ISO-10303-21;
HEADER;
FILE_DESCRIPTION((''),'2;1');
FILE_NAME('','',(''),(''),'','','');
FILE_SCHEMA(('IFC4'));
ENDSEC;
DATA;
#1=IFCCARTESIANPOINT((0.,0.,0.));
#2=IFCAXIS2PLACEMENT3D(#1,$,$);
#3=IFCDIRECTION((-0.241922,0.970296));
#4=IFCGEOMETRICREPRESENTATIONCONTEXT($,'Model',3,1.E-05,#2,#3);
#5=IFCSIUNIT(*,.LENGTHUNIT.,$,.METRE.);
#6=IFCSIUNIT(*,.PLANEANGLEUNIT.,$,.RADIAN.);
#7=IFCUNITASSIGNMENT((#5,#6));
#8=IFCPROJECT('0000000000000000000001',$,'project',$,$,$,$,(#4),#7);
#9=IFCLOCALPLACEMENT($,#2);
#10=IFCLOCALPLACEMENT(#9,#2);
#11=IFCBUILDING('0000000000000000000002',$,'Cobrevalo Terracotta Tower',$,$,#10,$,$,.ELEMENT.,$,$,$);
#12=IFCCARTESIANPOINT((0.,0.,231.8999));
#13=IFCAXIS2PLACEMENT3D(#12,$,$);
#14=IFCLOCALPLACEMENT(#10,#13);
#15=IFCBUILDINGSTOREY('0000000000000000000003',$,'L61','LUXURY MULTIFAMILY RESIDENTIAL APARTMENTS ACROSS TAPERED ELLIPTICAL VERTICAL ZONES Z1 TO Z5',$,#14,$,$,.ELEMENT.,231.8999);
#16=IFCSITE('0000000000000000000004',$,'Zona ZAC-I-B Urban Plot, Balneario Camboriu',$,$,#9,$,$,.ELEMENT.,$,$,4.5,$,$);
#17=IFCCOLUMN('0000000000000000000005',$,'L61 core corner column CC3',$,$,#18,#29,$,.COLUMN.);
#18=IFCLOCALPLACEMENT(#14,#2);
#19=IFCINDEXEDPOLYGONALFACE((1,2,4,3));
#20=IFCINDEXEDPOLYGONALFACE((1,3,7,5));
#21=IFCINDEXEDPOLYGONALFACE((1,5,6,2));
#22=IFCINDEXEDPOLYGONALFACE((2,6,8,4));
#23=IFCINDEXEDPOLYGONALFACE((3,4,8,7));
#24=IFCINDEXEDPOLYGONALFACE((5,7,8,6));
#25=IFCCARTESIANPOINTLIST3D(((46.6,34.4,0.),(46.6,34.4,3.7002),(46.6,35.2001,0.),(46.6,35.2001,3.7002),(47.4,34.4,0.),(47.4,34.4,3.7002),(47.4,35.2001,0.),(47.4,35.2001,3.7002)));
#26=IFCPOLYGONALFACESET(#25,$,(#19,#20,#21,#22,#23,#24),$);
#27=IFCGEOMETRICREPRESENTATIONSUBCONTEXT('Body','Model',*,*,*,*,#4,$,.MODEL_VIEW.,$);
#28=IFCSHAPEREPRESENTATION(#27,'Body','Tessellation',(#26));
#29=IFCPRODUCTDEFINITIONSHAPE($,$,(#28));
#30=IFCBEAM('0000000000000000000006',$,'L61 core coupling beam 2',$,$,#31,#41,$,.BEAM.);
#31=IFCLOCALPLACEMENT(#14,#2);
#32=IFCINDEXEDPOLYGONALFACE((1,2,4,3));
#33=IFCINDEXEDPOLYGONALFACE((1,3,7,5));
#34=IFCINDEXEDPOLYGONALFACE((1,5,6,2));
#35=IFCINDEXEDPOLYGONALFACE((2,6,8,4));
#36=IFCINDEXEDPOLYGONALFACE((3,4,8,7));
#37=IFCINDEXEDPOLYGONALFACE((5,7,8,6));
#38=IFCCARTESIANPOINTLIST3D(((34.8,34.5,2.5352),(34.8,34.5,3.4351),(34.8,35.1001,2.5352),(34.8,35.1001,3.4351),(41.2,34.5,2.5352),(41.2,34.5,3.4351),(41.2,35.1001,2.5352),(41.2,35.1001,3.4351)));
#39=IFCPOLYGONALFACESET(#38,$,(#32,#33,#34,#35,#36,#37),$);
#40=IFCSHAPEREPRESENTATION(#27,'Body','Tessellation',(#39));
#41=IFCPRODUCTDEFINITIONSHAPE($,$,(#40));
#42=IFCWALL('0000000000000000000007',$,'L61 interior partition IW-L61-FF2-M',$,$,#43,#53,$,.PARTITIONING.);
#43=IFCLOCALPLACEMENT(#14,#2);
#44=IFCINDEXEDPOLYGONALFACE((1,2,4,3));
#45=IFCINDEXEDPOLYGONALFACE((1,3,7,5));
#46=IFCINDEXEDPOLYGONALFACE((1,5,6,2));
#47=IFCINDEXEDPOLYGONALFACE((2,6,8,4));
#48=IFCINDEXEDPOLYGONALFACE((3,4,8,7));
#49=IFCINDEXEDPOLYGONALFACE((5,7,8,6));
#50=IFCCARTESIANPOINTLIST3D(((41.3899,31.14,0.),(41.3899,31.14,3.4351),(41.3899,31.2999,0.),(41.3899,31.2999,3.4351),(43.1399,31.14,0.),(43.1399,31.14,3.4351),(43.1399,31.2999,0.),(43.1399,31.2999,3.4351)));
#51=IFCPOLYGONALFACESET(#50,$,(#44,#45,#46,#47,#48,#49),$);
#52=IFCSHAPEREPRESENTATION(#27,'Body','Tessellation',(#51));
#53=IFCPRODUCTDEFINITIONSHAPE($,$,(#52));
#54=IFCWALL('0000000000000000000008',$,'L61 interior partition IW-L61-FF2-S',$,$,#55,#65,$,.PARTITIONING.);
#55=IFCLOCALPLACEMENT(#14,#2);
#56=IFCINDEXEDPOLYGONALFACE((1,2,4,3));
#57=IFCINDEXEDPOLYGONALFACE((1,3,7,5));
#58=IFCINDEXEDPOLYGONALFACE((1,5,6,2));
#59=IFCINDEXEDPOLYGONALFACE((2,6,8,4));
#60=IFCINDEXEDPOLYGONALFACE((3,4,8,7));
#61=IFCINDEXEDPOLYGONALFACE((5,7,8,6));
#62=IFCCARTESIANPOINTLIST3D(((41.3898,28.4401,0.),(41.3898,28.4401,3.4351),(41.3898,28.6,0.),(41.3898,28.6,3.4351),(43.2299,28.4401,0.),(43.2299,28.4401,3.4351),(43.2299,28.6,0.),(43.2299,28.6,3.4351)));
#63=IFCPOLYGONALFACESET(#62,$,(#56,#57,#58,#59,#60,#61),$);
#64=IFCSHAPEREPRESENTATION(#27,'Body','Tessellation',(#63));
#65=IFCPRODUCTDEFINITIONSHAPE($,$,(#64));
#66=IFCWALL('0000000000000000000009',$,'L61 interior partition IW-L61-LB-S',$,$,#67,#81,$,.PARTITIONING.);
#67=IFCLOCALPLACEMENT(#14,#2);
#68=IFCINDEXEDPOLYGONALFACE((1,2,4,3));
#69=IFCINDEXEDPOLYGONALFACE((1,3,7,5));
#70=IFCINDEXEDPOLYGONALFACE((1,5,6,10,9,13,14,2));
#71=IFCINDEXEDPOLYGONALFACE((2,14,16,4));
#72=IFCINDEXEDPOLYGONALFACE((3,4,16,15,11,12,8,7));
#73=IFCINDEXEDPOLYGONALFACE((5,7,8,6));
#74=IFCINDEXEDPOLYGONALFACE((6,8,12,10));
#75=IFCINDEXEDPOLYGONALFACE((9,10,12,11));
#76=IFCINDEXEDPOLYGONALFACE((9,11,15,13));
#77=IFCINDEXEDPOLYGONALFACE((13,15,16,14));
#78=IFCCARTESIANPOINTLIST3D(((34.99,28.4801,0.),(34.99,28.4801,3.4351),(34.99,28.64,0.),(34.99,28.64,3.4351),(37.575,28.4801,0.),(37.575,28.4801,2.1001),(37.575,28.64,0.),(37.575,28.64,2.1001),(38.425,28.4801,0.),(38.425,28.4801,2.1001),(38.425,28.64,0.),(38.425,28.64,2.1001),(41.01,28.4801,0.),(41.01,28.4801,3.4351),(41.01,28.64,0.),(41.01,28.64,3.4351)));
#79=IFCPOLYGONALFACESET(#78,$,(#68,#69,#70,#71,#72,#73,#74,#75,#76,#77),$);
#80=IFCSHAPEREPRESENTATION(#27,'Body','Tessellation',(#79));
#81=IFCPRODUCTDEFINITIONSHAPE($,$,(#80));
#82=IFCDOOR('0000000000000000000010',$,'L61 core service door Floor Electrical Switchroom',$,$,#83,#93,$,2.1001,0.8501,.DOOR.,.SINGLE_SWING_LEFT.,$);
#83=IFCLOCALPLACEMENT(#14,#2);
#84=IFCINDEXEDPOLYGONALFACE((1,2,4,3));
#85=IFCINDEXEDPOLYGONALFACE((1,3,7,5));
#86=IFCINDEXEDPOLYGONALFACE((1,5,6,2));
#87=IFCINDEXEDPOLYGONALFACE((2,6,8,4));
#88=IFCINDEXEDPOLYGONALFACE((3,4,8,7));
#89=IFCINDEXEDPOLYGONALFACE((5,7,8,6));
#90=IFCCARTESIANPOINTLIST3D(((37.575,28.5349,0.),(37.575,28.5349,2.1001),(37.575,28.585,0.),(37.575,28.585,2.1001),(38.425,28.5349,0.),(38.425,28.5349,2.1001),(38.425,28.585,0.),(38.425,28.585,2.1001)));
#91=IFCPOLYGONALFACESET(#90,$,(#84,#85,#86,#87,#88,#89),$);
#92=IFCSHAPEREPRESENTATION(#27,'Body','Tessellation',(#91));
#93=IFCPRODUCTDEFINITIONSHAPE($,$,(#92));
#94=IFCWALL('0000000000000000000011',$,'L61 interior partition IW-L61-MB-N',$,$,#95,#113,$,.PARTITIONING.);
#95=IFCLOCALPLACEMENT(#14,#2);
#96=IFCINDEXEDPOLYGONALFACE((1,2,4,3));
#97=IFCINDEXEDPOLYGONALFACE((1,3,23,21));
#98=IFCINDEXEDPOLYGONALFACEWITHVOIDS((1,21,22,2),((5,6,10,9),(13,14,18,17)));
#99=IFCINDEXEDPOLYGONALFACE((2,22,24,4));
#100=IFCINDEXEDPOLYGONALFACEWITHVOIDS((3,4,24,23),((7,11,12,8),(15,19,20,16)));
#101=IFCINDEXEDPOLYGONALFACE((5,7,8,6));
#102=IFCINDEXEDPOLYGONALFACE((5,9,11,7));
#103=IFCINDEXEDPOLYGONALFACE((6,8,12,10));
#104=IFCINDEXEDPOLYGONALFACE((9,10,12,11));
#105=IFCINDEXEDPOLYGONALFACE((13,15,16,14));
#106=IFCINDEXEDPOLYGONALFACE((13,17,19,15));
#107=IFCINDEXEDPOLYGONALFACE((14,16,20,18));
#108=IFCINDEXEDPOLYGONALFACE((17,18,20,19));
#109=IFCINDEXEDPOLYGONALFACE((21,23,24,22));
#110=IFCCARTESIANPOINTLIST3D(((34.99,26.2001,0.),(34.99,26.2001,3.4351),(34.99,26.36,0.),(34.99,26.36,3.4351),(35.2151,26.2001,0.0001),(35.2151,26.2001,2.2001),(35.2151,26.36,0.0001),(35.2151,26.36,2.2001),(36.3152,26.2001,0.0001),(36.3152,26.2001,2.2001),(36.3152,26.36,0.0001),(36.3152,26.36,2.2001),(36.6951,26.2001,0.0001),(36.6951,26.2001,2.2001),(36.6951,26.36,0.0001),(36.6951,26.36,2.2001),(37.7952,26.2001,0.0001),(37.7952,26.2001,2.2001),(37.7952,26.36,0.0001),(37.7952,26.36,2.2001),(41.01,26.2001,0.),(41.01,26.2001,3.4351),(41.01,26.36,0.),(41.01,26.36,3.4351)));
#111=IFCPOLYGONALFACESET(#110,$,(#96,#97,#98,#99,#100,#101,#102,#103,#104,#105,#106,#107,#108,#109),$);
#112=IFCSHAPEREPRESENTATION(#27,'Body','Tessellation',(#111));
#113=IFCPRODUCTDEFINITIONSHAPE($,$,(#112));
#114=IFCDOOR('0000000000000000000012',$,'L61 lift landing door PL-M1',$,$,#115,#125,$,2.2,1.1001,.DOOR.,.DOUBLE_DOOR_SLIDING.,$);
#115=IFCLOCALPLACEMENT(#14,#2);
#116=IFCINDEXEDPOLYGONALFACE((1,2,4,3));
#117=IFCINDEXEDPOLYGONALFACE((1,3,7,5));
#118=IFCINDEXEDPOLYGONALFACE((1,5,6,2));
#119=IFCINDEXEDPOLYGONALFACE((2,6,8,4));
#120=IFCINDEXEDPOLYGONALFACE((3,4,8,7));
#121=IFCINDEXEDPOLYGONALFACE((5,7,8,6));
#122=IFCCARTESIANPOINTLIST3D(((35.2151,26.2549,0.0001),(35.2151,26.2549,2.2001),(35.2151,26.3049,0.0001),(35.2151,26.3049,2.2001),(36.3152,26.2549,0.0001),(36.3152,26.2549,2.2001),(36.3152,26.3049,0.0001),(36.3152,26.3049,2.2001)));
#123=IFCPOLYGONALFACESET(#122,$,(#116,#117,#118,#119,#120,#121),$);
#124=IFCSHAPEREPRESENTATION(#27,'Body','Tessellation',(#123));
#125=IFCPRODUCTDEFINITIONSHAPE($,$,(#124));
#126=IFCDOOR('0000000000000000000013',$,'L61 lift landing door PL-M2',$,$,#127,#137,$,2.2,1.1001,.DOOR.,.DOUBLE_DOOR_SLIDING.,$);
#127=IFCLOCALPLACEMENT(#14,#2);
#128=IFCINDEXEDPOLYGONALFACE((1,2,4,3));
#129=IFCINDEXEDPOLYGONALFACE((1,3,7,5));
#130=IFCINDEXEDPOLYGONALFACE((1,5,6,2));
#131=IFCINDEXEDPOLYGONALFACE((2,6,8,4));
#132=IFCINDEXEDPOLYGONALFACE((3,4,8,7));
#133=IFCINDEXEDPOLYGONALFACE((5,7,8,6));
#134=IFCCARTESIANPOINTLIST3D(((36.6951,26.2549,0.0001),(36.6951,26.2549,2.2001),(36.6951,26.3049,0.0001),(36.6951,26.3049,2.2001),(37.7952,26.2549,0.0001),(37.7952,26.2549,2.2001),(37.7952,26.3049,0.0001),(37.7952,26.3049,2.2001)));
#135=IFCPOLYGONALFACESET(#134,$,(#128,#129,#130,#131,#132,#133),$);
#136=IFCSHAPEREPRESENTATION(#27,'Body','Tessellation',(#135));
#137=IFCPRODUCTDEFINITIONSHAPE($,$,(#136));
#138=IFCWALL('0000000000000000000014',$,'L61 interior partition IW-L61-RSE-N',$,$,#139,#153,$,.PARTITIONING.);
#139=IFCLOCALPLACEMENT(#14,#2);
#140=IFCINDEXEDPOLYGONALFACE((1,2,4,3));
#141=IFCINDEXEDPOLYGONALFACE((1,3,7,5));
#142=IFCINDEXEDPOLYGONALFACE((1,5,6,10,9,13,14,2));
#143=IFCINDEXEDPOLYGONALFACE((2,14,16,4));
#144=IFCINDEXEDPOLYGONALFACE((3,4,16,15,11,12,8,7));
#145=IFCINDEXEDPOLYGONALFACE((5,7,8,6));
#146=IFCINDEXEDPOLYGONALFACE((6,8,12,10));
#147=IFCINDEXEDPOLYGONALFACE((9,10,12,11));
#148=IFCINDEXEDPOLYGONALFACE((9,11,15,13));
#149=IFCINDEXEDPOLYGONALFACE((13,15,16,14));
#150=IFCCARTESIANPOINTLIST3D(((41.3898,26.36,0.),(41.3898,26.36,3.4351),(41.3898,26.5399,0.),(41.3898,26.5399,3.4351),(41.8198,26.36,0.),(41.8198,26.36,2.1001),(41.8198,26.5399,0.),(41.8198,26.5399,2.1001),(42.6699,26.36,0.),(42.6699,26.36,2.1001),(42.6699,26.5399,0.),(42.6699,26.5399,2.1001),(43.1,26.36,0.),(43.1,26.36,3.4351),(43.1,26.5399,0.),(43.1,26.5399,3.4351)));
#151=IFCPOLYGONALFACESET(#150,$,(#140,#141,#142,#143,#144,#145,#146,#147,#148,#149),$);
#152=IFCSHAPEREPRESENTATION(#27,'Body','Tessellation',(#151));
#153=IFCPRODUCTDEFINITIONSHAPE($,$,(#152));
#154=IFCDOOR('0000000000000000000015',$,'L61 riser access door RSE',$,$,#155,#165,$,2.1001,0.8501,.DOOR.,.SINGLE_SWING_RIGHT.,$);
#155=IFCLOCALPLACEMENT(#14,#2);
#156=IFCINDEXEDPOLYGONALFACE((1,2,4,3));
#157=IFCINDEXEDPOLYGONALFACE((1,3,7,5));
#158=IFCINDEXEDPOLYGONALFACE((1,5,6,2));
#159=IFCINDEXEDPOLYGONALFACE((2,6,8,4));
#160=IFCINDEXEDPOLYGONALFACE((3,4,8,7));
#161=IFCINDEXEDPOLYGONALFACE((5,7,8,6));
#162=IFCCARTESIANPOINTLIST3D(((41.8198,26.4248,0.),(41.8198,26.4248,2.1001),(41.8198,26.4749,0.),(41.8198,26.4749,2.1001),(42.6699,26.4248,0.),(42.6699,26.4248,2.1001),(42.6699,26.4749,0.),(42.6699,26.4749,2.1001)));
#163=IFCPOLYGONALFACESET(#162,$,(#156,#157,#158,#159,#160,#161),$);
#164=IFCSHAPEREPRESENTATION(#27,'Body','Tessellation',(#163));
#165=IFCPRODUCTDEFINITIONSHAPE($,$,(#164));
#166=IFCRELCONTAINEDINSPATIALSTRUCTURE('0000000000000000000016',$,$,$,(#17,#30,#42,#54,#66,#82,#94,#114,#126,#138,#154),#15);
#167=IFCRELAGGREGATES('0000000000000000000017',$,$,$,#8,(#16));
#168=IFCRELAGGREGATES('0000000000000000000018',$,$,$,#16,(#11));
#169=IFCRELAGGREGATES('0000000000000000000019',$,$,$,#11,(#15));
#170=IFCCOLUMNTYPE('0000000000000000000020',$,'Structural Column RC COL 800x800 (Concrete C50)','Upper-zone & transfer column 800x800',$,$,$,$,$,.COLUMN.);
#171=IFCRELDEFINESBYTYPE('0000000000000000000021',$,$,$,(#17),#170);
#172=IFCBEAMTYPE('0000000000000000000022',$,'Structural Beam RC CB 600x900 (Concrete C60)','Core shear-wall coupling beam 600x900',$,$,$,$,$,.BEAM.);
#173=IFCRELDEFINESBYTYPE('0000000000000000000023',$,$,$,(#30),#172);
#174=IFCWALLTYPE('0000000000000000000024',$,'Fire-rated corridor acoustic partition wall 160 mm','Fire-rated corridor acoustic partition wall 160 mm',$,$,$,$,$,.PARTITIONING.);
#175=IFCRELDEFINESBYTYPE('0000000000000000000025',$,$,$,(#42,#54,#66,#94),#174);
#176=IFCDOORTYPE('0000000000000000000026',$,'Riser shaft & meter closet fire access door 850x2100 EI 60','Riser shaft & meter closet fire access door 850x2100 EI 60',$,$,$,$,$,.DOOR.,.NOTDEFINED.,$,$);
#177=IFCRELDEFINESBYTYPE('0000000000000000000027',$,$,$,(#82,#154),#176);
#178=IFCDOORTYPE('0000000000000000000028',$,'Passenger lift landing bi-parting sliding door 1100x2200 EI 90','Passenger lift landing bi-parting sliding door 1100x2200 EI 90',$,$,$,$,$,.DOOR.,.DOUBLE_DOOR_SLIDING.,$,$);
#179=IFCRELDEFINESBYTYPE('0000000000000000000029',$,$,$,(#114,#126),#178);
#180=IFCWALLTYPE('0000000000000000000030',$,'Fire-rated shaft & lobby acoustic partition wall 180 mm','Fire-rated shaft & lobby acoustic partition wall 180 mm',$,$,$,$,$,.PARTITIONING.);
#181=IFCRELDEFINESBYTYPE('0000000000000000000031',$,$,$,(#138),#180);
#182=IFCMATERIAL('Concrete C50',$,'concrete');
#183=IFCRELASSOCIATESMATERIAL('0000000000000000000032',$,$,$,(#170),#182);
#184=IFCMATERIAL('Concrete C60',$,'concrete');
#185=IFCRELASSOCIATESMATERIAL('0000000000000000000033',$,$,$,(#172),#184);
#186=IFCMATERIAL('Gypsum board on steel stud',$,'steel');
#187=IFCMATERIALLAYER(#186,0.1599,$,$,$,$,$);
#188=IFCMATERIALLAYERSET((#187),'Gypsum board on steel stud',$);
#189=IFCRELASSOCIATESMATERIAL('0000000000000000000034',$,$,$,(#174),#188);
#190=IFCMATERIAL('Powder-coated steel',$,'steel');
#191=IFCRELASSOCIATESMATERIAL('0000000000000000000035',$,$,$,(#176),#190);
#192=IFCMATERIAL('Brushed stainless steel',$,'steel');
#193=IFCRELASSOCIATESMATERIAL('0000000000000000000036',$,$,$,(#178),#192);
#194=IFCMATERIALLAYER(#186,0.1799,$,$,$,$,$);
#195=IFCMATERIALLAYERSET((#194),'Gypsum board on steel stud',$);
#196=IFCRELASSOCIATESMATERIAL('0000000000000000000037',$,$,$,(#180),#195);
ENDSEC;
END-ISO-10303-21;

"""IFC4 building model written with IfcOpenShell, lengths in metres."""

from ifc_helpers import new_model, si_unit, direction, frame, frame_2d, origin, origin_2d, place, context, subcontext, project, spatial, rectangle, extrude, source, transform, mapped, material, layer, layer_set, material_profile, profile_set, type_object, element, fill, save


model = new_model("IFC4")

# Units and contexts
model_context = context("Model", 3, precision=1e-05, world=origin(), true_north=direction((-0.241922, 0.970296)))
body_context = subcontext(model_context, "Body", "Model", "MODEL_VIEW")
ifc_project = project(units=[si_unit("LENGTHUNIT", "METRE"), si_unit("PLANEANGLEUNIT", "RADIAN")], contexts=[model_context])

# Site, building, storey
site_placement = place(None, origin())
site = spatial("IfcSite", under=ifc_project, at=site_placement, Name="Zona ZAC-I-B Urban Plot, Balneario Camboriu", CompositionType="ELEMENT", RefElevation=4.5)
building_placement = place(site_placement, origin())
building = spatial("IfcBuilding", under=site, at=building_placement, Name="Cobrevalo Terracotta Tower", CompositionType="ELEMENT")
storey_placement = place(building_placement, frame((0.0, 0.0, 231.8999)))
storey = spatial("IfcBuildingStorey", under=building, at=storey_placement, Name="L61", Description="LUXURY MULTIFAMILY RESIDENTIAL APARTMENTS ACROSS TAPERED ELLIPTICAL VERTICAL ZONES Z1 TO Z5", CompositionType="ELEMENT", Elevation=231.8999)

# Column
ifc_material_1 = material(Name="Concrete C50", Category="concrete")
ifc_material_profile_1 = material_profile(ifc_material_1, rectangle(XDim=0.8, YDim=0.8, at=origin_2d()), Name="RC COL 800x800")
ifc_profile_set_1 = profile_set([ifc_material_profile_1], Name="Concrete C50")
column_type = type_object("IfcColumnType", Name="Structural Column RC COL 800x800 (Concrete C50)", Description="Upper-zone & transfer column 800x800", PredefinedType="COLUMN", material=ifc_profile_set_1)
column_placement = place(storey_placement, frame((47.0, 34.8, 0.0), z_axis=(0.0, 0.0, 1.0), x_axis=(1.0, 0.0, 0.0)))
element("IfcColumn", 1, at=column_placement, inside=storey, type_object=column_type, Name="L61 core corner column CC3", PredefinedType="COLUMN", context=body_context, shape_type="SweptSolid", body=[
    extrude(rectangle(XDim=0.8, YDim=0.8, at=origin_2d()), origin(), (0.0, 0.0, 1.0), 3.7002),
])

# Beam
ifc_material_2 = material(Name="Concrete C60", Category="concrete")
ifc_material_profile_2 = material_profile(ifc_material_2, rectangle(XDim=0.6001, YDim=0.8999, at=origin_2d()), Name="RC CB 600x900")
ifc_profile_set_2 = profile_set([ifc_material_profile_2], Name="Concrete C60")
beam_type = type_object("IfcBeamType", Name="Structural Beam RC CB 600x900 (Concrete C60)", Description="Core shear-wall coupling beam 600x900", PredefinedType="BEAM", material=ifc_profile_set_2)
beam_placement = place(storey_placement, frame((34.8, 34.8, 2.9851), z_axis=(1.0, 0.0, 0.0), x_axis=(0.0, 1.0, 0.0)))
element("IfcBeam", 2, at=beam_placement, inside=storey, type_object=beam_type, Name="L61 core coupling beam 2", PredefinedType="BEAM", context=body_context, shape_type="SweptSolid", body=[
    extrude(rectangle(XDim=0.6001, YDim=0.8999, at=origin_2d()), origin(), (0.0, 0.0, 1.0), 6.3999),
])

# Walls
ifc_material_3 = material(Name="Gypsum board on steel stud", Category="steel")
ifc_layer_1 = layer(ifc_material_3, 0.1599)
ifc_layer_set_1 = layer_set([ifc_layer_1], Name="Gypsum board on steel stud")
wall_type_1 = type_object("IfcWallType", Name="Fire-rated corridor acoustic partition wall 160 mm", Description="Fire-rated corridor acoustic partition wall 160 mm", PredefinedType="PARTITIONING", material=ifc_layer_set_1)
wall_1_placement = place(storey_placement, frame((41.3899, 31.22, 0.0), z_axis=(0.0, 0.0, 1.0), x_axis=(1.0, 0.0, 0.0)))
element("IfcWall", 3, at=wall_1_placement, inside=storey, type_object=wall_type_1, Name="L61 interior partition IW-L61-FF2-M", PredefinedType="PARTITIONING", context=body_context, shape_type="SweptSolid", body=[
    extrude(rectangle(XDim=1.75, YDim=0.1599, at=frame_2d((0.875, 0.0))), origin(), (0.0, 0.0, 1.0), 3.4351),
])
wall_2_placement = place(storey_placement, frame((41.3899, 28.52, 0.0), z_axis=(0.0, 0.0, 1.0), x_axis=(1.0, 0.0, 0.0)))
element("IfcWall", 4, at=wall_2_placement, inside=storey, type_object=wall_type_1, Name="L61 interior partition IW-L61-FF2-S", PredefinedType="PARTITIONING", context=body_context, shape_type="SweptSolid", body=[
    extrude(rectangle(XDim=1.8401, YDim=0.1599, at=frame_2d((0.9199, 0.0))), origin(), (0.0, 0.0, 1.0), 3.4351),
])

# Wall, opening, door
wall_3_placement = place(storey_placement, frame((34.99, 28.5601, 0.0), z_axis=(0.0, 0.0, 1.0), x_axis=(1.0, 0.0, 0.0)))
wall_3 = element("IfcWall", 5, at=wall_3_placement, inside=storey, type_object=wall_type_1, Name="L61 interior partition IW-L61-LB-S", PredefinedType="PARTITIONING", context=body_context, shape_type="SweptSolid", body=[
    extrude(rectangle(XDim=6.02, YDim=0.1599, at=frame_2d((3.01, 0.0))), origin(), (0.0, 0.0, 1.0), 3.4351),
])
opening_1_placement = place(wall_3_placement, frame((2.585, 0.0, 0.0)))
opening_1 = element("IfcOpeningElement", 6, at=opening_1_placement, cuts=wall_3, PredefinedType="OPENING", context=body_context, shape_type="SweptSolid", body=[
    extrude(rectangle(XDim=0.8501, YDim=2.1001, at=frame_2d((0.425, 1.05))), frame((0.0, 0.0898, 0.0), z_axis=(0.0, -1.0, 0.0), x_axis=(1.0, 0.0, 0.0)), (0.0, 0.0, 1.0), 0.1799),
])
ifc_material_4 = material(Name="Powder-coated steel", Category="steel")
door_type_1 = type_object("IfcDoorType", Name="Riser shaft & meter closet fire access door 850x2100 EI 60", Description="Riser shaft & meter closet fire access door 850x2100 EI 60", OperationType="NOTDEFINED", PredefinedType="DOOR", material=ifc_material_4)
shared_shape_1 = source(origin(), body_context, "Body", "SweptSolid", [
    extrude(rectangle(XDim=0.8501, YDim=2.1001, at=frame_2d((0.425, 1.05))), frame((0.0, 0.0249, 0.0), z_axis=(0.0, -1.0, 0.0), x_axis=(1.0, 0.0, 0.0)), (0.0, 0.0, 1.0), 0.05),
])
door_1_placement = place(opening_1_placement, origin())
door_1 = element("IfcDoor", 7, at=door_1_placement, inside=storey, type_object=door_type_1, Name="L61 core service door Floor Electrical Switchroom", OperationType="SINGLE_SWING_LEFT", OverallHeight=2.1001, OverallWidth=0.8501, PredefinedType="DOOR", context=body_context, shape_type="MappedRepresentation", body=[
    mapped(shared_shape_1, transform((0.0, 0.0, 0.0), scale=1.0)),
])
fill(opening_1, door_1)

# Wall, openings, doors
wall_4_placement = place(storey_placement, frame((34.99, 26.28, 0.0), z_axis=(0.0, 0.0, 1.0), x_axis=(1.0, 0.0, 0.0)))
wall_4 = element("IfcWall", 8, at=wall_4_placement, inside=storey, type_object=wall_type_1, Name="L61 interior partition IW-L61-MB-N", PredefinedType="PARTITIONING", context=body_context, shape_type="SweptSolid", body=[
    extrude(rectangle(XDim=6.02, YDim=0.1599, at=frame_2d((3.01, 0.0))), origin(), (0.0, 0.0, 1.0), 3.4351),
])
opening_2_placement = place(wall_4_placement, frame((0.2251, 0.0, 0.0)))
opening_2 = element("IfcOpeningElement", 9, at=opening_2_placement, cuts=wall_4, PredefinedType="OPENING", context=body_context, shape_type="SweptSolid", body=[
    extrude(rectangle(XDim=1.1001, YDim=2.2, at=frame_2d((0.55, 1.1001))), frame((0.0, 0.0898, 0.0), z_axis=(0.0, -1.0, 0.0), x_axis=(1.0, 0.0, 0.0)), (0.0, 0.0, 1.0), 0.1799),
])
opening_3_placement = place(wall_4_placement, frame((1.7051, 0.0, 0.0)))
opening_3 = element("IfcOpeningElement", 10, at=opening_3_placement, cuts=wall_4, PredefinedType="OPENING", context=body_context, shape_type="SweptSolid", body=[
    extrude(rectangle(XDim=1.1001, YDim=2.2, at=frame_2d((0.55, 1.1001))), frame((0.0, 0.0898, 0.0), z_axis=(0.0, -1.0, 0.0), x_axis=(1.0, 0.0, 0.0)), (0.0, 0.0, 1.0), 0.1799),
])
ifc_material_5 = material(Name="Brushed stainless steel", Category="steel")
door_type_2 = type_object("IfcDoorType", Name="Passenger lift landing bi-parting sliding door 1100x2200 EI 90", Description="Passenger lift landing bi-parting sliding door 1100x2200 EI 90", OperationType="DOUBLE_DOOR_SLIDING", PredefinedType="DOOR", material=ifc_material_5)
shared_shape_2 = source(origin(), body_context, "Body", "SweptSolid", [
    extrude(rectangle(XDim=1.1001, YDim=2.2, at=frame_2d((0.55, 1.1001))), frame((0.0, 0.0249, 0.0), z_axis=(0.0, -1.0, 0.0), x_axis=(1.0, 0.0, 0.0)), (0.0, 0.0, 1.0), 0.05),
])
door_2_placement = place(opening_2_placement, origin())
door_2 = element("IfcDoor", 11, at=door_2_placement, inside=storey, type_object=door_type_2, Name="L61 lift landing door PL-M1", OperationType="DOUBLE_DOOR_SLIDING", OverallHeight=2.2, OverallWidth=1.1001, PredefinedType="DOOR", context=body_context, shape_type="MappedRepresentation", body=[
    mapped(shared_shape_2, transform((0.0, 0.0, 0.0), scale=1.0)),
])
fill(opening_2, door_2)
door_3_placement = place(opening_3_placement, origin())
door_3 = element("IfcDoor", 12, at=door_3_placement, inside=storey, type_object=door_type_2, Name="L61 lift landing door PL-M2", OperationType="DOUBLE_DOOR_SLIDING", OverallHeight=2.2, OverallWidth=1.1001, PredefinedType="DOOR", context=body_context, shape_type="MappedRepresentation", body=[
    mapped(shared_shape_2, transform((0.0, 0.0, 0.0), scale=1.0)),
])
fill(opening_3, door_3)

# Wall, opening, door
ifc_layer_2 = layer(ifc_material_3, 0.1799)
ifc_layer_set_2 = layer_set([ifc_layer_2], Name="Gypsum board on steel stud")
wall_type_2 = type_object("IfcWallType", Name="Fire-rated shaft & lobby acoustic partition wall 180 mm", Description="Fire-rated shaft & lobby acoustic partition wall 180 mm", PredefinedType="PARTITIONING", material=ifc_layer_set_2)
wall_5_placement = place(storey_placement, frame((41.3899, 26.45, 0.0), z_axis=(0.0, 0.0, 1.0), x_axis=(1.0, 0.0, 0.0)))
wall_5 = element("IfcWall", 13, at=wall_5_placement, inside=storey, type_object=wall_type_2, Name="L61 interior partition IW-L61-RSE-N", PredefinedType="PARTITIONING", context=body_context, shape_type="SweptSolid", body=[
    extrude(rectangle(XDim=1.7102, YDim=0.1799, at=frame_2d((0.855, 0.0))), origin(), (0.0, 0.0, 1.0), 3.4351),
])
opening_4_placement = place(wall_5_placement, frame((0.4299, 0.0, 0.0)))
opening_4 = element("IfcOpeningElement", 14, at=opening_4_placement, cuts=wall_5, PredefinedType="OPENING", context=body_context, shape_type="SweptSolid", body=[
    extrude(rectangle(XDim=0.8501, YDim=2.1001, at=frame_2d((0.425, 1.05))), frame((0.0, 0.1001, 0.0), z_axis=(0.0, -1.0, 0.0), x_axis=(1.0, 0.0, 0.0)), (0.0, 0.0, 1.0), 0.2),
])
door_4_placement = place(opening_4_placement, origin())
door_4 = element("IfcDoor", 15, at=door_4_placement, inside=storey, type_object=door_type_1, Name="L61 riser access door RSE", OperationType="SINGLE_SWING_RIGHT", OverallHeight=2.1001, OverallWidth=0.8501, PredefinedType="DOOR", context=body_context, shape_type="MappedRepresentation", body=[
    mapped(shared_shape_1, transform((0.0, 0.0, 0.0), scale=1.0)),
])
fill(opening_4, door_4)

save(model, "model.ifc")
